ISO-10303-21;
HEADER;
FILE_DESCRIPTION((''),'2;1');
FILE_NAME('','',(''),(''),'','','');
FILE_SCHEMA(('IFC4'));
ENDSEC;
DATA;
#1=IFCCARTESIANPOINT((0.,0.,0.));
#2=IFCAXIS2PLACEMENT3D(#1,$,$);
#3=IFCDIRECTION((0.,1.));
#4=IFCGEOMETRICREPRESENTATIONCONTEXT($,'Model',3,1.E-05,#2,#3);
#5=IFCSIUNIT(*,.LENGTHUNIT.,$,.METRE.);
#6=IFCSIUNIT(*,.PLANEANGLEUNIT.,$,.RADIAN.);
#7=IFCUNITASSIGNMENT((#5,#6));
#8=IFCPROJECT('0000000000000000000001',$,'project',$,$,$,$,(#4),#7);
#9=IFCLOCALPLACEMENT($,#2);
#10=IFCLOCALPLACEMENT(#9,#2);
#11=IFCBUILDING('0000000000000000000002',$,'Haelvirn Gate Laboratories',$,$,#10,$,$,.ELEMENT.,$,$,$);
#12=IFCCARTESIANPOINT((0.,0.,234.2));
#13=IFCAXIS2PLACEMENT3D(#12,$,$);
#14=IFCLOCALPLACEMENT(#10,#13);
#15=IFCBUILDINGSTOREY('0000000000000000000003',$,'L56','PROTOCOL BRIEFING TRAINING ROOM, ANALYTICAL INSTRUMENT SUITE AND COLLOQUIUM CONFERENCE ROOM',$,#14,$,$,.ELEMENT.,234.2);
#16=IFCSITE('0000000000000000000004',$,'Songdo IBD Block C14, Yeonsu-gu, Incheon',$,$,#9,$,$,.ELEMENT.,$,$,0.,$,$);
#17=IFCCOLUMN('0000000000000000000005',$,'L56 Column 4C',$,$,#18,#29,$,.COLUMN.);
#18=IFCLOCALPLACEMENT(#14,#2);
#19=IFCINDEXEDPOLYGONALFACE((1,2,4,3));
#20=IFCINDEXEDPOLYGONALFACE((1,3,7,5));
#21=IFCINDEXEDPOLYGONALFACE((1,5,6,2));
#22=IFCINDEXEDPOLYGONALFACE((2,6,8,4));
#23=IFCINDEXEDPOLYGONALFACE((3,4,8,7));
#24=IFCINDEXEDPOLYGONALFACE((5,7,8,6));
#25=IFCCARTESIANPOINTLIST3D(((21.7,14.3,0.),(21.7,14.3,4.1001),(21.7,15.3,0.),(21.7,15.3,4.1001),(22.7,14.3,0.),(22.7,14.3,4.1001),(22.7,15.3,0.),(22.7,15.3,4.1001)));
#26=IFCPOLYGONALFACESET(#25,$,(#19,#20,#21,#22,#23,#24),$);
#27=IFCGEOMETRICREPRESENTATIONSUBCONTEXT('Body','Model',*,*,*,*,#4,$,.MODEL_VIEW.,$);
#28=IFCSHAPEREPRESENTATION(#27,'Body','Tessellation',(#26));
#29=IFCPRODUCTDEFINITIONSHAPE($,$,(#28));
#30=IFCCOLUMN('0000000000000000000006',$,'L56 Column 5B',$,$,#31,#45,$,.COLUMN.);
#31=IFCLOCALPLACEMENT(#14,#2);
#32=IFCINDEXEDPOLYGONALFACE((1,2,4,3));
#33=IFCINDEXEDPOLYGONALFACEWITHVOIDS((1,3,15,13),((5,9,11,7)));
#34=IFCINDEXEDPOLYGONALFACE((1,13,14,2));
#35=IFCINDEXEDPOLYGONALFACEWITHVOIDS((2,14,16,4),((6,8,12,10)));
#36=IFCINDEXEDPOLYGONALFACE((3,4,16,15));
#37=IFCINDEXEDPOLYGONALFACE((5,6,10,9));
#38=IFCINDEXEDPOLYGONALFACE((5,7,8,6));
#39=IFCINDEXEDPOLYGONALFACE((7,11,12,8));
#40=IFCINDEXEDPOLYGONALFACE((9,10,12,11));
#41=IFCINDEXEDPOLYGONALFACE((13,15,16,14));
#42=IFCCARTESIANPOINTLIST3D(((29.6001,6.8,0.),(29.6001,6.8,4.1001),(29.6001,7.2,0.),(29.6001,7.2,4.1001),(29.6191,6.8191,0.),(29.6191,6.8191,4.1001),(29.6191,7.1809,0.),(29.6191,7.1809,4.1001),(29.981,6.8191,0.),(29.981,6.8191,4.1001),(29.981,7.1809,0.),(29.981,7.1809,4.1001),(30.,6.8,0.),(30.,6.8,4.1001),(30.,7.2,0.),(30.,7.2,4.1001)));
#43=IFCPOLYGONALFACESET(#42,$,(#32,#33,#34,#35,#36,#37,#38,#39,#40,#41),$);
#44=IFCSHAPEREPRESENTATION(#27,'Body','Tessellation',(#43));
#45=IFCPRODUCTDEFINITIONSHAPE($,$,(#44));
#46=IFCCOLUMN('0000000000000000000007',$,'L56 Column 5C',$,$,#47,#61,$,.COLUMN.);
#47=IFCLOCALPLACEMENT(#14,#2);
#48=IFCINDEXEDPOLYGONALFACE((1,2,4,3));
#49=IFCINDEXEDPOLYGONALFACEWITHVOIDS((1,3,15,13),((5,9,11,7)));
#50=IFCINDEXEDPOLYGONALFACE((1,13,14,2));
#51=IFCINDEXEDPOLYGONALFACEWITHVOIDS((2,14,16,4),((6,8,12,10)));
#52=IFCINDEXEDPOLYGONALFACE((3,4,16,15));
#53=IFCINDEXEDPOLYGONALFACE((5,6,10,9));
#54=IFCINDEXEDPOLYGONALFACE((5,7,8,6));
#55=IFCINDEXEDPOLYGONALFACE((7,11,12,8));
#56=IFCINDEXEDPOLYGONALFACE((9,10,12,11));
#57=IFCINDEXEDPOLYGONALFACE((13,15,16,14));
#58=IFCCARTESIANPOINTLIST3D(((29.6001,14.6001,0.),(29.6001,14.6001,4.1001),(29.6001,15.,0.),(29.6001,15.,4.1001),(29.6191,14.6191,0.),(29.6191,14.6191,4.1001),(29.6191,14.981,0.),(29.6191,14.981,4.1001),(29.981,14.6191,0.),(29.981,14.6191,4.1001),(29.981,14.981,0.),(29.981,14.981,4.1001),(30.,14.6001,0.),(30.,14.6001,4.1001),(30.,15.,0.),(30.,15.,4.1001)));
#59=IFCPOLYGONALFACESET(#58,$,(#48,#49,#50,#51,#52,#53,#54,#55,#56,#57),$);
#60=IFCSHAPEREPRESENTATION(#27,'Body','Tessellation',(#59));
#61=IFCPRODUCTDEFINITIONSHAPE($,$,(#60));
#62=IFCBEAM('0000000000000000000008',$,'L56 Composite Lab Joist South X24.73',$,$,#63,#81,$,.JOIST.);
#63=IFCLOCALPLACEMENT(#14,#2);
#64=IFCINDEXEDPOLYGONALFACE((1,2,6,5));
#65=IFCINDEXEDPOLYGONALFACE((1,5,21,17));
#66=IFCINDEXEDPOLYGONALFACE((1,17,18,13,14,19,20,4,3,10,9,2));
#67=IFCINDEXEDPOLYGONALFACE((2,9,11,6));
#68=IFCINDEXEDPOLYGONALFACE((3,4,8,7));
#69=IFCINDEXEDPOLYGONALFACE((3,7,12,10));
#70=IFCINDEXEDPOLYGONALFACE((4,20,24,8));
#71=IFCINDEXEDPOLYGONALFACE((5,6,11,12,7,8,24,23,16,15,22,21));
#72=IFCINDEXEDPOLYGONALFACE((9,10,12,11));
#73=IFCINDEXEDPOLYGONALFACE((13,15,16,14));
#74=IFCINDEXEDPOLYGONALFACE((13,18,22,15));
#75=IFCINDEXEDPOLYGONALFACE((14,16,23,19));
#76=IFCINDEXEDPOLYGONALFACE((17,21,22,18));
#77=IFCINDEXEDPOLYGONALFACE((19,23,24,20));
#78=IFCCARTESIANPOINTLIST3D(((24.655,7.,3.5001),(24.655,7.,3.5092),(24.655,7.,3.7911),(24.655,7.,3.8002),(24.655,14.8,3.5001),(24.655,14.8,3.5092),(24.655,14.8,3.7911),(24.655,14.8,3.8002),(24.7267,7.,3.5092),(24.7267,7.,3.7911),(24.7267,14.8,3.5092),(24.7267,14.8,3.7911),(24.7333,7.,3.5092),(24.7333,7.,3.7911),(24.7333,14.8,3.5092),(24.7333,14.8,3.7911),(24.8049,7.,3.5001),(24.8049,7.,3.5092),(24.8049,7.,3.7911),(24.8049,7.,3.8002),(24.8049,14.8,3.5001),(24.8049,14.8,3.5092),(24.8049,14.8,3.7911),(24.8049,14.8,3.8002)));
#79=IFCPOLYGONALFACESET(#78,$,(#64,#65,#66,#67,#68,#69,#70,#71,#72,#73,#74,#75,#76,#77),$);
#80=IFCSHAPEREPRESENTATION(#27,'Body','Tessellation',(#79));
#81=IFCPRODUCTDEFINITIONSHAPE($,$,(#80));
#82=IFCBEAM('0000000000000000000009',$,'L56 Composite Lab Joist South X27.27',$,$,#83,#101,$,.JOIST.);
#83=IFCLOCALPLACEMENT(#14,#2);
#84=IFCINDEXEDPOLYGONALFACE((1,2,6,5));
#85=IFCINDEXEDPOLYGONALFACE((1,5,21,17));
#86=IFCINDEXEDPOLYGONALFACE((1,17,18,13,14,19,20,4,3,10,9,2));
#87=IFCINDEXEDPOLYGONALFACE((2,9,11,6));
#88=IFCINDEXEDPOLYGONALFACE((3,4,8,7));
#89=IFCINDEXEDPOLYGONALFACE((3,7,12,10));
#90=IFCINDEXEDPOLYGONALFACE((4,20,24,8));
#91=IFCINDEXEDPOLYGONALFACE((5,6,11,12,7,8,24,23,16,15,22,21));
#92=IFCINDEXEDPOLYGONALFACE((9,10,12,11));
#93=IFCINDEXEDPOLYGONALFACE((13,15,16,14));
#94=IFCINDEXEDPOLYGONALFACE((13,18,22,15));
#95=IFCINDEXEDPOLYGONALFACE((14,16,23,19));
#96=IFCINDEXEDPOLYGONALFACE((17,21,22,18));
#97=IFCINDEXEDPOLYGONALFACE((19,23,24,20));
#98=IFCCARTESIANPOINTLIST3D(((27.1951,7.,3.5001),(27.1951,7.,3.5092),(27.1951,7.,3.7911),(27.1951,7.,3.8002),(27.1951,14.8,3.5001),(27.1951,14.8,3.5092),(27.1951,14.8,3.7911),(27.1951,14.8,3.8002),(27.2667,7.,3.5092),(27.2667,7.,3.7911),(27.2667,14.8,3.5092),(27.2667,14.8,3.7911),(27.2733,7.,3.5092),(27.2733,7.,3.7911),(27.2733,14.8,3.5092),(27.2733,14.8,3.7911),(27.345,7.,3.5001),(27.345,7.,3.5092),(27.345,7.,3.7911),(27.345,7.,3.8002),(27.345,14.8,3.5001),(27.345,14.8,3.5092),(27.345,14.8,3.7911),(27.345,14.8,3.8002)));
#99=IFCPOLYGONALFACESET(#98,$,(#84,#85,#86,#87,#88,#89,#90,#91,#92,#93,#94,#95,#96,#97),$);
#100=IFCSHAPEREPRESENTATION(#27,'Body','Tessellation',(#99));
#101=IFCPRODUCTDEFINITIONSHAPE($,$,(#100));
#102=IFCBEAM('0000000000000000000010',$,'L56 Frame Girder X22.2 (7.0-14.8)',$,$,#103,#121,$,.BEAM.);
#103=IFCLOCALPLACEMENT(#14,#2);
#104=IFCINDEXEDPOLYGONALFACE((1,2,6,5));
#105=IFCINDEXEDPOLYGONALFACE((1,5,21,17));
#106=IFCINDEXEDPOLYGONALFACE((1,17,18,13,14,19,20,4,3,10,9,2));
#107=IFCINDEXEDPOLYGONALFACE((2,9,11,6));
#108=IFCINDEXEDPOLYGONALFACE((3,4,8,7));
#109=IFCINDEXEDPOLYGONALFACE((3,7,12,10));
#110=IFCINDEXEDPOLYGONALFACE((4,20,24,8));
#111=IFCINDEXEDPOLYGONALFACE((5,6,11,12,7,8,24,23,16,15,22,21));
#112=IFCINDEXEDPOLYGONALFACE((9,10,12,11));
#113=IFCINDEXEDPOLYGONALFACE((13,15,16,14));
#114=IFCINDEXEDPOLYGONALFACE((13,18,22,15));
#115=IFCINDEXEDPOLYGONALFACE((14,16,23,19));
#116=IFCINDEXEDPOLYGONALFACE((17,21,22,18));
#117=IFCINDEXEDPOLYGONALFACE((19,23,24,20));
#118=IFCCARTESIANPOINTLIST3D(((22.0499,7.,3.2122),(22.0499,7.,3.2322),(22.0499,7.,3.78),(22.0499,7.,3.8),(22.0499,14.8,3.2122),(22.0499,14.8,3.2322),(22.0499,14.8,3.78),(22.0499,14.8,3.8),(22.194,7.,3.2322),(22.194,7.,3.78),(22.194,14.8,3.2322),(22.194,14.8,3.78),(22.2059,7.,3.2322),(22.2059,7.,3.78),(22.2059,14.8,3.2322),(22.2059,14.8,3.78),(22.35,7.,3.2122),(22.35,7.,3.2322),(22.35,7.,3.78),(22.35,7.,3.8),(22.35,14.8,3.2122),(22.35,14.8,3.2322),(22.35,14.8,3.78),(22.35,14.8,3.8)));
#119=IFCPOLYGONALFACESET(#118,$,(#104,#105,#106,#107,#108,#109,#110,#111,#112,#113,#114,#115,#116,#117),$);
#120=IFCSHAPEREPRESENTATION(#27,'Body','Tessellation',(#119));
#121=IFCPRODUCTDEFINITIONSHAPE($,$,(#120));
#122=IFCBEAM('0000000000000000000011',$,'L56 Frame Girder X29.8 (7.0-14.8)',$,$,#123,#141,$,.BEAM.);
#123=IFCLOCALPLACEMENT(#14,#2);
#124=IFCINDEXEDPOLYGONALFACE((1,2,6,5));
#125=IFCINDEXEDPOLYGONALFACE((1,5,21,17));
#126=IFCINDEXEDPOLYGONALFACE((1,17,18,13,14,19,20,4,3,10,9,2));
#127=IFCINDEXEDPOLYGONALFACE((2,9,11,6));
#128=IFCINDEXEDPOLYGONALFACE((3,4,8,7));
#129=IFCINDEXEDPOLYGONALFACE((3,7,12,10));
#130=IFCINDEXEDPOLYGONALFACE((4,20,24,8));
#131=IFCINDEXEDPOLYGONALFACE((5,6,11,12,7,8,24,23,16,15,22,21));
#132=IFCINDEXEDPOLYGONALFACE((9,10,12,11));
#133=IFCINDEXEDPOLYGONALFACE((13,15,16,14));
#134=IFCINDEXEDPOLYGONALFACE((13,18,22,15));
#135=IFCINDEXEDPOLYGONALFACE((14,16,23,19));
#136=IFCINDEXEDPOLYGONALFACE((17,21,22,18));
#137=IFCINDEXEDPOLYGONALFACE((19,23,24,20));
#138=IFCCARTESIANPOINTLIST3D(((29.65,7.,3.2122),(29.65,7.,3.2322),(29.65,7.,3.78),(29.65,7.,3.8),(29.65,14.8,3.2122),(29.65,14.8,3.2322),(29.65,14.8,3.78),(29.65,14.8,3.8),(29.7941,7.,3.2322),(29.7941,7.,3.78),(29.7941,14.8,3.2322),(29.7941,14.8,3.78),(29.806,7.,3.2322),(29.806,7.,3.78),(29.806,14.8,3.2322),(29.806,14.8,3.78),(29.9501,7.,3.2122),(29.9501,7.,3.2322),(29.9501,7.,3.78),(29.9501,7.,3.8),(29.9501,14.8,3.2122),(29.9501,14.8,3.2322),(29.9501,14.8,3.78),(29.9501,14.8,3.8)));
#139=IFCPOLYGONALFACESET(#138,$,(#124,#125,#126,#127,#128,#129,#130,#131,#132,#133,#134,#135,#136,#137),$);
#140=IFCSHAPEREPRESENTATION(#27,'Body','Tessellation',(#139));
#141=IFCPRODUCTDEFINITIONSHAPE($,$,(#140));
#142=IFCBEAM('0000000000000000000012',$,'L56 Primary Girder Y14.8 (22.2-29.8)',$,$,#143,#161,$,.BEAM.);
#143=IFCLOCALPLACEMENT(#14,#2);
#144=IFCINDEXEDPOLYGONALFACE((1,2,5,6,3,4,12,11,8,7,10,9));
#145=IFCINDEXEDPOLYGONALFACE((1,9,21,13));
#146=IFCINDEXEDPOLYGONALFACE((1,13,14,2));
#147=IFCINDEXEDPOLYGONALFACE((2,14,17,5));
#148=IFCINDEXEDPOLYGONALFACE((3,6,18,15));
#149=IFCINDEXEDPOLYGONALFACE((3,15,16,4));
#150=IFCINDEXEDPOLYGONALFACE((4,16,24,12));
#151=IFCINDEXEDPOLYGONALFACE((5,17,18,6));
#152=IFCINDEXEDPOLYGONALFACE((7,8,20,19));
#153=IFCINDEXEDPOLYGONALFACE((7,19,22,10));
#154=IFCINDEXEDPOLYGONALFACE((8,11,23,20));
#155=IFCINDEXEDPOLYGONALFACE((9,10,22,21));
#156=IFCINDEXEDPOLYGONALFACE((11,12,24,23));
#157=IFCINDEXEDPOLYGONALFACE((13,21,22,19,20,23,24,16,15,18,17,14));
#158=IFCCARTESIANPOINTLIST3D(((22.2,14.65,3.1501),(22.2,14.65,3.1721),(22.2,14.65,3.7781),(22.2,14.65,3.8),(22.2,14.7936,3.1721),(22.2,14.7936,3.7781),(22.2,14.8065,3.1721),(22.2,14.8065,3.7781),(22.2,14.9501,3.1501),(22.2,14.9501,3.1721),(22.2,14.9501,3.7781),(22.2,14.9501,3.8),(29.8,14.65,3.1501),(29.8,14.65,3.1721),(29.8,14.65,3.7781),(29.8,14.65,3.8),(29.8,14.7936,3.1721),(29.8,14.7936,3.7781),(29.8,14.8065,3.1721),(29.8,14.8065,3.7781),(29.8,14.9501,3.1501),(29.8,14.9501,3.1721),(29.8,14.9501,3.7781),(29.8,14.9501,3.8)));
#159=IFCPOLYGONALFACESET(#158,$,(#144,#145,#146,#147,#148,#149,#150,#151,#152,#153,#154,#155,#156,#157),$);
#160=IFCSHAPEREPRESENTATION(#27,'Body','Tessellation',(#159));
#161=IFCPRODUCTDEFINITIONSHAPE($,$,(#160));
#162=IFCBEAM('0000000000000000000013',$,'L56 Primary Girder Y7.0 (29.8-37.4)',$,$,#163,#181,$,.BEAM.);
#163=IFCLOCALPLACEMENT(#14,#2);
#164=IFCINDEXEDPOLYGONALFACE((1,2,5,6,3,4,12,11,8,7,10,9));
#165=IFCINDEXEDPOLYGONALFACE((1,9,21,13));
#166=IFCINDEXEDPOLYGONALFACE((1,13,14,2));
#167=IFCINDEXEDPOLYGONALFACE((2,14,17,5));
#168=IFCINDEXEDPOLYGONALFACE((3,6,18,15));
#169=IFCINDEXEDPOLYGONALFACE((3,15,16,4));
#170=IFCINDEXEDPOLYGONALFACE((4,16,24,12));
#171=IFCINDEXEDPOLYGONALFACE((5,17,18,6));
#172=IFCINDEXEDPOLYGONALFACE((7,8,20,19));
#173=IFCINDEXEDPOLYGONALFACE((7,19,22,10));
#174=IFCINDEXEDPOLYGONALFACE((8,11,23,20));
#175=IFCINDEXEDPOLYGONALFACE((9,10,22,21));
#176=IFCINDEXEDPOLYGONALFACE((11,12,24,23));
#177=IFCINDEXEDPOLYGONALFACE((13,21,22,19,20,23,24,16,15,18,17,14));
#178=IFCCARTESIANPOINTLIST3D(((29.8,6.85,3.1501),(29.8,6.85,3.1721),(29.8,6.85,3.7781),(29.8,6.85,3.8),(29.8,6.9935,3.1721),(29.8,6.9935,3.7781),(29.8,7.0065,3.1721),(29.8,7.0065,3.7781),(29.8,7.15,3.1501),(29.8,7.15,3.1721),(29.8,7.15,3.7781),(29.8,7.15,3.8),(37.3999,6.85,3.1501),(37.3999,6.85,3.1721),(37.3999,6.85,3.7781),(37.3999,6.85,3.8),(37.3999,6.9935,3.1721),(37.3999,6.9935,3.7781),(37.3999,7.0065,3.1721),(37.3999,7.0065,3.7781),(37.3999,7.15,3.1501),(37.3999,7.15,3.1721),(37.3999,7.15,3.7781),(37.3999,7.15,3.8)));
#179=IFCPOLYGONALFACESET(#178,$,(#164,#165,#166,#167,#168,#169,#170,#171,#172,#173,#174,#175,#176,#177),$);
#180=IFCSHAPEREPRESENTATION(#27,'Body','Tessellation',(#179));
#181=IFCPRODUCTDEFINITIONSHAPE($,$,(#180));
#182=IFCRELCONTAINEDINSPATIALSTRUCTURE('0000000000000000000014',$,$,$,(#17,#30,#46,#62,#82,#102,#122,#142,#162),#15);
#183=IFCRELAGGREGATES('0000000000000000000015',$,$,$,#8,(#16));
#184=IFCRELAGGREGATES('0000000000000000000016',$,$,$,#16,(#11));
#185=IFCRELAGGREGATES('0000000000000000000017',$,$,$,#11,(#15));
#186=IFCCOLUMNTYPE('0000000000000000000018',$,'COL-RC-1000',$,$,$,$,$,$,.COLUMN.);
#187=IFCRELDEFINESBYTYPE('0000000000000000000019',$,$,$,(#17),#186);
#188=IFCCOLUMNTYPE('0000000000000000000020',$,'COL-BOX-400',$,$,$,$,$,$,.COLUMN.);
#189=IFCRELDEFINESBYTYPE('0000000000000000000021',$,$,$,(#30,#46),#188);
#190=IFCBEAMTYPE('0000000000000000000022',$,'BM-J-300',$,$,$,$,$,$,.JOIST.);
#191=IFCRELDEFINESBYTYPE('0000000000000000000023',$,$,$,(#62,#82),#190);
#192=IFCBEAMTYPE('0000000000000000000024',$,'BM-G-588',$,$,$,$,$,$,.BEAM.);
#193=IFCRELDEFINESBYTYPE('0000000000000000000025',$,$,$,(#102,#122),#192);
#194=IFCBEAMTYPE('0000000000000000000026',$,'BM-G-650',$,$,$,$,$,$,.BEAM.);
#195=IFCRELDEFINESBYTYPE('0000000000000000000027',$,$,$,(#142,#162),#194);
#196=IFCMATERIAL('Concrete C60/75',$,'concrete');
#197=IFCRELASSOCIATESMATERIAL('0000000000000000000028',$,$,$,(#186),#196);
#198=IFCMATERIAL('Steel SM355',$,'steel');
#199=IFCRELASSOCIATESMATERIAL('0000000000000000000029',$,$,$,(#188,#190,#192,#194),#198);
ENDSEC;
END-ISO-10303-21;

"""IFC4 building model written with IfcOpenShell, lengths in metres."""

from ifc_helpers import new_model, si_unit, direction, frame, origin, origin_2d, place, context, subcontext, project, spatial, rectangle, hollow_rectangle, i_section, extrude, source, transform, mapped, material, material_profile, profile_set, type_object, type_shapes, element, save


model = new_model("IFC4")

# Units and contexts
model_context = context("Model", 3, precision=1e-05, world=origin(), true_north=direction((0.0, 1.0)))
body_context = subcontext(model_context, "Body", "Model", "MODEL_VIEW")
ifc_project = project(units=[si_unit("LENGTHUNIT", "METRE"), si_unit("PLANEANGLEUNIT", "RADIAN")], contexts=[model_context])

# Site, building, storey
site_placement = place(None, origin())
site = spatial("IfcSite", under=ifc_project, at=site_placement, Name="Songdo IBD Block C14, Yeonsu-gu, Incheon", CompositionType="ELEMENT", RefElevation=0.0)
building_placement = place(site_placement, origin())
building = spatial("IfcBuilding", under=site, at=building_placement, Name="Haelvirn Gate Laboratories", CompositionType="ELEMENT")
storey_placement = place(building_placement, frame((0.0, 0.0, 234.2)))
storey = spatial("IfcBuildingStorey", under=building, at=storey_placement, Name="L56", Description="PROTOCOL BRIEFING TRAINING ROOM, ANALYTICAL INSTRUMENT SUITE AND COLLOQUIUM CONFERENCE ROOM", CompositionType="ELEMENT", Elevation=234.2)

# Columns
ifc_material_1 = material(Name="Concrete C60/75", Category="concrete")
ifc_material_profile_1 = material_profile(ifc_material_1, rectangle(XDim=1.0, YDim=1.0, at=origin_2d()), Name="RC-1000x1000")
ifc_profile_set_1 = profile_set([ifc_material_profile_1], Name="Concrete C60/75")
column_type_1 = type_object("IfcColumnType", Name="COL-RC-1000", PredefinedType="COLUMN", material=ifc_profile_set_1)
shared_shape_1 = source(origin(), body_context, "Body", "SweptSolid", [
    extrude(rectangle(XDim=1.0, YDim=1.0, at=origin_2d()), origin(), (0.0, 0.0, 1.0), 4.1001),
])
type_shapes(column_type_1, [shared_shape_1])
column_placement = place(storey_placement, frame((22.2, 14.8, 0.0), z_axis=(0.0, 0.0, 1.0), x_axis=(1.0, 0.0, 0.0)))
element("IfcColumn", 1, at=column_placement, inside=storey, type_object=column_type_1, Name="L56 Column 4C", PredefinedType="COLUMN", context=body_context, shape_type="MappedRepresentation", body=[
    mapped(shared_shape_1, transform((0.0, 0.0, 0.0), scale=1.0)),
])
ifc_material_2 = material(Name="Steel SM355", Category="steel")
ifc_material_profile_2 = material_profile(ifc_material_2, hollow_rectangle(XDim=0.3999, YDim=0.3999, WallThickness=0.019, at=origin_2d()), Name="BOX-400x400x19")
ifc_profile_set_2 = profile_set([ifc_material_profile_2], Name="Steel SM355")
column_type_2 = type_object("IfcColumnType", Name="COL-BOX-400", PredefinedType="COLUMN", material=ifc_profile_set_2)
shared_shape_2 = source(origin(), body_context, "Body", "SweptSolid", [
    extrude(hollow_rectangle(XDim=0.3999, YDim=0.3999, WallThickness=0.019, at=origin_2d()), origin(), (0.0, 0.0, 1.0), 4.1001),
])
type_shapes(column_type_2, [shared_shape_2])
for number, where, z_axis, x_axis, name in (
    (2, (29.8, 7.0, 0.0), (0.0, 0.0, 1.0), (1.0, 0.0, 0.0), "L56 Column 5B"),
    (3, (29.8, 14.8, 0.0), (0.0, 0.0, 1.0), (1.0, 0.0, 0.0), "L56 Column 5C"),
):
    element("IfcColumn", number, at=place(storey_placement, frame(where, z_axis=z_axis, x_axis=x_axis)), inside=storey, type_object=column_type_2, Name=name, PredefinedType="COLUMN", context=body_context, shape_type="MappedRepresentation", body=[
        mapped(shared_shape_2, transform((0.0, 0.0, 0.0), scale=1.0)),
    ])

# Beams
ifc_material_profile_3 = material_profile(ifc_material_2, i_section(OverallWidth=0.1499, OverallDepth=0.3, WebThickness=0.0066, FlangeThickness=0.009, at=origin_2d()), Name="H-300x150x6.5x9")
ifc_profile_set_3 = profile_set([ifc_material_profile_3], Name="Steel SM355")
beam_type_1 = type_object("IfcBeamType", Name="BM-J-300", PredefinedType="JOIST", material=ifc_profile_set_3)
shared_shape_3 = source(origin(), body_context, "Body", "SweptSolid", [
    extrude(i_section(OverallWidth=0.1499, OverallDepth=0.3, WebThickness=0.0066, FlangeThickness=0.009, at=origin_2d()), origin(), (0.0, 0.0, 1.0), 7.8),
])
type_shapes(beam_type_1, [shared_shape_3])
for number, where, z_axis, x_axis, name in (
    (4, (24.73, 7.0, 3.6501), (0.0, 1.0, 0.0), (-1.0, 0.0, 0.0), "L56 Composite Lab Joist South X24.73"),
    (5, (27.27, 7.0, 3.6501), (0.0, 1.0, 0.0), (-1.0, 0.0, 0.0), "L56 Composite Lab Joist South X27.27"),
):
    element("IfcBeam", number, at=place(storey_placement, frame(where, z_axis=z_axis, x_axis=x_axis)), inside=storey, type_object=beam_type_1, Name=name, PredefinedType="JOIST", context=body_context, shape_type="MappedRepresentation", body=[
        mapped(shared_shape_3, transform((0.0, 0.0, 0.0), scale=1.0)),
    ])
ifc_material_profile_4 = material_profile(ifc_material_2, i_section(OverallWidth=0.3, OverallDepth=0.5879, WebThickness=0.012, FlangeThickness=0.02, at=origin_2d()), Name="H-588x300x12x20")
ifc_profile_set_4 = profile_set([ifc_material_profile_4], Name="Steel SM355")
beam_type_2 = type_object("IfcBeamType", Name="BM-G-588", PredefinedType="BEAM", material=ifc_profile_set_4)
shared_shape_4 = source(origin(), body_context, "Body", "SweptSolid", [
    extrude(i_section(OverallWidth=0.3, OverallDepth=0.5879, WebThickness=0.012, FlangeThickness=0.02, at=origin_2d()), origin(), (0.0, 0.0, 1.0), 7.8),
])
type_shapes(beam_type_2, [shared_shape_4])
for number, where, z_axis, x_axis, name in (
    (6, (22.2, 7.0, 3.5061), (0.0, 1.0, 0.0), (-1.0, 0.0, 0.0), "L56 Frame Girder X22.2 (7.0-14.8)"),
    (7, (29.8, 7.0, 3.5061), (0.0, 1.0, 0.0), (-1.0, 0.0, 0.0), "L56 Frame Girder X29.8 (7.0-14.8)"),
):
    element("IfcBeam", number, at=place(storey_placement, frame(where, z_axis=z_axis, x_axis=x_axis)), inside=storey, type_object=beam_type_2, Name=name, PredefinedType="BEAM", context=body_context, shape_type="MappedRepresentation", body=[
        mapped(shared_shape_4, transform((0.0, 0.0, 0.0), scale=1.0)),
    ])
ifc_material_profile_5 = material_profile(ifc_material_2, i_section(OverallWidth=0.3, OverallDepth=0.6499, WebThickness=0.0129, FlangeThickness=0.022, at=origin_2d()), Name="H-650x300x13x22")
ifc_profile_set_5 = profile_set([ifc_material_profile_5], Name="Steel SM355")
beam_type_3 = type_object("IfcBeamType", Name="BM-G-650", PredefinedType="BEAM", material=ifc_profile_set_5)
shared_shape_5 = source(origin(), body_context, "Body", "SweptSolid", [
    extrude(i_section(OverallWidth=0.3, OverallDepth=0.6499, WebThickness=0.0129, FlangeThickness=0.022, at=origin_2d()), origin(), (0.0, 0.0, 1.0), 7.6001),
])
beam_placement = place(storey_placement, frame((22.2, 14.8, 3.4751), z_axis=(1.0, 0.0, 0.0), x_axis=(0.0, 1.0, 0.0)))
element("IfcBeam", 8, at=beam_placement, inside=storey, type_object=beam_type_3, Name="L56 Primary Girder Y14.8 (22.2-29.8)", PredefinedType="BEAM", context=body_context, shape_type="MappedRepresentation", body=[
    mapped(shared_shape_5, transform((0.0, 0.0, 0.0), scale=1.0)),
])
shared_shape_6 = source(origin(), body_context, "Body", "SweptSolid", [
    extrude(i_section(OverallWidth=0.3, OverallDepth=0.6499, WebThickness=0.0129, FlangeThickness=0.022, at=origin_2d()), origin(), (0.0, 0.0, 1.0), 7.5999),
])
type_shapes(beam_type_3, [shared_shape_5, shared_shape_6])
for number, where, z_axis, x_axis, name in (
    (9, (29.8, 7.0, 3.4751), (1.0, 0.0, 0.0), (0.0, 1.0, 0.0), "L56 Primary Girder Y7.0 (29.8-37.4)"),
):
    element("IfcBeam", number, at=place(storey_placement, frame(where, z_axis=z_axis, x_axis=x_axis)), inside=storey, type_object=beam_type_3, Name=name, PredefinedType="BEAM", context=body_context, shape_type="MappedRepresentation", body=[
        mapped(shared_shape_6, transform((0.0, 0.0, 0.0), scale=1.0)),
    ])

save(model, "model.ifc")
